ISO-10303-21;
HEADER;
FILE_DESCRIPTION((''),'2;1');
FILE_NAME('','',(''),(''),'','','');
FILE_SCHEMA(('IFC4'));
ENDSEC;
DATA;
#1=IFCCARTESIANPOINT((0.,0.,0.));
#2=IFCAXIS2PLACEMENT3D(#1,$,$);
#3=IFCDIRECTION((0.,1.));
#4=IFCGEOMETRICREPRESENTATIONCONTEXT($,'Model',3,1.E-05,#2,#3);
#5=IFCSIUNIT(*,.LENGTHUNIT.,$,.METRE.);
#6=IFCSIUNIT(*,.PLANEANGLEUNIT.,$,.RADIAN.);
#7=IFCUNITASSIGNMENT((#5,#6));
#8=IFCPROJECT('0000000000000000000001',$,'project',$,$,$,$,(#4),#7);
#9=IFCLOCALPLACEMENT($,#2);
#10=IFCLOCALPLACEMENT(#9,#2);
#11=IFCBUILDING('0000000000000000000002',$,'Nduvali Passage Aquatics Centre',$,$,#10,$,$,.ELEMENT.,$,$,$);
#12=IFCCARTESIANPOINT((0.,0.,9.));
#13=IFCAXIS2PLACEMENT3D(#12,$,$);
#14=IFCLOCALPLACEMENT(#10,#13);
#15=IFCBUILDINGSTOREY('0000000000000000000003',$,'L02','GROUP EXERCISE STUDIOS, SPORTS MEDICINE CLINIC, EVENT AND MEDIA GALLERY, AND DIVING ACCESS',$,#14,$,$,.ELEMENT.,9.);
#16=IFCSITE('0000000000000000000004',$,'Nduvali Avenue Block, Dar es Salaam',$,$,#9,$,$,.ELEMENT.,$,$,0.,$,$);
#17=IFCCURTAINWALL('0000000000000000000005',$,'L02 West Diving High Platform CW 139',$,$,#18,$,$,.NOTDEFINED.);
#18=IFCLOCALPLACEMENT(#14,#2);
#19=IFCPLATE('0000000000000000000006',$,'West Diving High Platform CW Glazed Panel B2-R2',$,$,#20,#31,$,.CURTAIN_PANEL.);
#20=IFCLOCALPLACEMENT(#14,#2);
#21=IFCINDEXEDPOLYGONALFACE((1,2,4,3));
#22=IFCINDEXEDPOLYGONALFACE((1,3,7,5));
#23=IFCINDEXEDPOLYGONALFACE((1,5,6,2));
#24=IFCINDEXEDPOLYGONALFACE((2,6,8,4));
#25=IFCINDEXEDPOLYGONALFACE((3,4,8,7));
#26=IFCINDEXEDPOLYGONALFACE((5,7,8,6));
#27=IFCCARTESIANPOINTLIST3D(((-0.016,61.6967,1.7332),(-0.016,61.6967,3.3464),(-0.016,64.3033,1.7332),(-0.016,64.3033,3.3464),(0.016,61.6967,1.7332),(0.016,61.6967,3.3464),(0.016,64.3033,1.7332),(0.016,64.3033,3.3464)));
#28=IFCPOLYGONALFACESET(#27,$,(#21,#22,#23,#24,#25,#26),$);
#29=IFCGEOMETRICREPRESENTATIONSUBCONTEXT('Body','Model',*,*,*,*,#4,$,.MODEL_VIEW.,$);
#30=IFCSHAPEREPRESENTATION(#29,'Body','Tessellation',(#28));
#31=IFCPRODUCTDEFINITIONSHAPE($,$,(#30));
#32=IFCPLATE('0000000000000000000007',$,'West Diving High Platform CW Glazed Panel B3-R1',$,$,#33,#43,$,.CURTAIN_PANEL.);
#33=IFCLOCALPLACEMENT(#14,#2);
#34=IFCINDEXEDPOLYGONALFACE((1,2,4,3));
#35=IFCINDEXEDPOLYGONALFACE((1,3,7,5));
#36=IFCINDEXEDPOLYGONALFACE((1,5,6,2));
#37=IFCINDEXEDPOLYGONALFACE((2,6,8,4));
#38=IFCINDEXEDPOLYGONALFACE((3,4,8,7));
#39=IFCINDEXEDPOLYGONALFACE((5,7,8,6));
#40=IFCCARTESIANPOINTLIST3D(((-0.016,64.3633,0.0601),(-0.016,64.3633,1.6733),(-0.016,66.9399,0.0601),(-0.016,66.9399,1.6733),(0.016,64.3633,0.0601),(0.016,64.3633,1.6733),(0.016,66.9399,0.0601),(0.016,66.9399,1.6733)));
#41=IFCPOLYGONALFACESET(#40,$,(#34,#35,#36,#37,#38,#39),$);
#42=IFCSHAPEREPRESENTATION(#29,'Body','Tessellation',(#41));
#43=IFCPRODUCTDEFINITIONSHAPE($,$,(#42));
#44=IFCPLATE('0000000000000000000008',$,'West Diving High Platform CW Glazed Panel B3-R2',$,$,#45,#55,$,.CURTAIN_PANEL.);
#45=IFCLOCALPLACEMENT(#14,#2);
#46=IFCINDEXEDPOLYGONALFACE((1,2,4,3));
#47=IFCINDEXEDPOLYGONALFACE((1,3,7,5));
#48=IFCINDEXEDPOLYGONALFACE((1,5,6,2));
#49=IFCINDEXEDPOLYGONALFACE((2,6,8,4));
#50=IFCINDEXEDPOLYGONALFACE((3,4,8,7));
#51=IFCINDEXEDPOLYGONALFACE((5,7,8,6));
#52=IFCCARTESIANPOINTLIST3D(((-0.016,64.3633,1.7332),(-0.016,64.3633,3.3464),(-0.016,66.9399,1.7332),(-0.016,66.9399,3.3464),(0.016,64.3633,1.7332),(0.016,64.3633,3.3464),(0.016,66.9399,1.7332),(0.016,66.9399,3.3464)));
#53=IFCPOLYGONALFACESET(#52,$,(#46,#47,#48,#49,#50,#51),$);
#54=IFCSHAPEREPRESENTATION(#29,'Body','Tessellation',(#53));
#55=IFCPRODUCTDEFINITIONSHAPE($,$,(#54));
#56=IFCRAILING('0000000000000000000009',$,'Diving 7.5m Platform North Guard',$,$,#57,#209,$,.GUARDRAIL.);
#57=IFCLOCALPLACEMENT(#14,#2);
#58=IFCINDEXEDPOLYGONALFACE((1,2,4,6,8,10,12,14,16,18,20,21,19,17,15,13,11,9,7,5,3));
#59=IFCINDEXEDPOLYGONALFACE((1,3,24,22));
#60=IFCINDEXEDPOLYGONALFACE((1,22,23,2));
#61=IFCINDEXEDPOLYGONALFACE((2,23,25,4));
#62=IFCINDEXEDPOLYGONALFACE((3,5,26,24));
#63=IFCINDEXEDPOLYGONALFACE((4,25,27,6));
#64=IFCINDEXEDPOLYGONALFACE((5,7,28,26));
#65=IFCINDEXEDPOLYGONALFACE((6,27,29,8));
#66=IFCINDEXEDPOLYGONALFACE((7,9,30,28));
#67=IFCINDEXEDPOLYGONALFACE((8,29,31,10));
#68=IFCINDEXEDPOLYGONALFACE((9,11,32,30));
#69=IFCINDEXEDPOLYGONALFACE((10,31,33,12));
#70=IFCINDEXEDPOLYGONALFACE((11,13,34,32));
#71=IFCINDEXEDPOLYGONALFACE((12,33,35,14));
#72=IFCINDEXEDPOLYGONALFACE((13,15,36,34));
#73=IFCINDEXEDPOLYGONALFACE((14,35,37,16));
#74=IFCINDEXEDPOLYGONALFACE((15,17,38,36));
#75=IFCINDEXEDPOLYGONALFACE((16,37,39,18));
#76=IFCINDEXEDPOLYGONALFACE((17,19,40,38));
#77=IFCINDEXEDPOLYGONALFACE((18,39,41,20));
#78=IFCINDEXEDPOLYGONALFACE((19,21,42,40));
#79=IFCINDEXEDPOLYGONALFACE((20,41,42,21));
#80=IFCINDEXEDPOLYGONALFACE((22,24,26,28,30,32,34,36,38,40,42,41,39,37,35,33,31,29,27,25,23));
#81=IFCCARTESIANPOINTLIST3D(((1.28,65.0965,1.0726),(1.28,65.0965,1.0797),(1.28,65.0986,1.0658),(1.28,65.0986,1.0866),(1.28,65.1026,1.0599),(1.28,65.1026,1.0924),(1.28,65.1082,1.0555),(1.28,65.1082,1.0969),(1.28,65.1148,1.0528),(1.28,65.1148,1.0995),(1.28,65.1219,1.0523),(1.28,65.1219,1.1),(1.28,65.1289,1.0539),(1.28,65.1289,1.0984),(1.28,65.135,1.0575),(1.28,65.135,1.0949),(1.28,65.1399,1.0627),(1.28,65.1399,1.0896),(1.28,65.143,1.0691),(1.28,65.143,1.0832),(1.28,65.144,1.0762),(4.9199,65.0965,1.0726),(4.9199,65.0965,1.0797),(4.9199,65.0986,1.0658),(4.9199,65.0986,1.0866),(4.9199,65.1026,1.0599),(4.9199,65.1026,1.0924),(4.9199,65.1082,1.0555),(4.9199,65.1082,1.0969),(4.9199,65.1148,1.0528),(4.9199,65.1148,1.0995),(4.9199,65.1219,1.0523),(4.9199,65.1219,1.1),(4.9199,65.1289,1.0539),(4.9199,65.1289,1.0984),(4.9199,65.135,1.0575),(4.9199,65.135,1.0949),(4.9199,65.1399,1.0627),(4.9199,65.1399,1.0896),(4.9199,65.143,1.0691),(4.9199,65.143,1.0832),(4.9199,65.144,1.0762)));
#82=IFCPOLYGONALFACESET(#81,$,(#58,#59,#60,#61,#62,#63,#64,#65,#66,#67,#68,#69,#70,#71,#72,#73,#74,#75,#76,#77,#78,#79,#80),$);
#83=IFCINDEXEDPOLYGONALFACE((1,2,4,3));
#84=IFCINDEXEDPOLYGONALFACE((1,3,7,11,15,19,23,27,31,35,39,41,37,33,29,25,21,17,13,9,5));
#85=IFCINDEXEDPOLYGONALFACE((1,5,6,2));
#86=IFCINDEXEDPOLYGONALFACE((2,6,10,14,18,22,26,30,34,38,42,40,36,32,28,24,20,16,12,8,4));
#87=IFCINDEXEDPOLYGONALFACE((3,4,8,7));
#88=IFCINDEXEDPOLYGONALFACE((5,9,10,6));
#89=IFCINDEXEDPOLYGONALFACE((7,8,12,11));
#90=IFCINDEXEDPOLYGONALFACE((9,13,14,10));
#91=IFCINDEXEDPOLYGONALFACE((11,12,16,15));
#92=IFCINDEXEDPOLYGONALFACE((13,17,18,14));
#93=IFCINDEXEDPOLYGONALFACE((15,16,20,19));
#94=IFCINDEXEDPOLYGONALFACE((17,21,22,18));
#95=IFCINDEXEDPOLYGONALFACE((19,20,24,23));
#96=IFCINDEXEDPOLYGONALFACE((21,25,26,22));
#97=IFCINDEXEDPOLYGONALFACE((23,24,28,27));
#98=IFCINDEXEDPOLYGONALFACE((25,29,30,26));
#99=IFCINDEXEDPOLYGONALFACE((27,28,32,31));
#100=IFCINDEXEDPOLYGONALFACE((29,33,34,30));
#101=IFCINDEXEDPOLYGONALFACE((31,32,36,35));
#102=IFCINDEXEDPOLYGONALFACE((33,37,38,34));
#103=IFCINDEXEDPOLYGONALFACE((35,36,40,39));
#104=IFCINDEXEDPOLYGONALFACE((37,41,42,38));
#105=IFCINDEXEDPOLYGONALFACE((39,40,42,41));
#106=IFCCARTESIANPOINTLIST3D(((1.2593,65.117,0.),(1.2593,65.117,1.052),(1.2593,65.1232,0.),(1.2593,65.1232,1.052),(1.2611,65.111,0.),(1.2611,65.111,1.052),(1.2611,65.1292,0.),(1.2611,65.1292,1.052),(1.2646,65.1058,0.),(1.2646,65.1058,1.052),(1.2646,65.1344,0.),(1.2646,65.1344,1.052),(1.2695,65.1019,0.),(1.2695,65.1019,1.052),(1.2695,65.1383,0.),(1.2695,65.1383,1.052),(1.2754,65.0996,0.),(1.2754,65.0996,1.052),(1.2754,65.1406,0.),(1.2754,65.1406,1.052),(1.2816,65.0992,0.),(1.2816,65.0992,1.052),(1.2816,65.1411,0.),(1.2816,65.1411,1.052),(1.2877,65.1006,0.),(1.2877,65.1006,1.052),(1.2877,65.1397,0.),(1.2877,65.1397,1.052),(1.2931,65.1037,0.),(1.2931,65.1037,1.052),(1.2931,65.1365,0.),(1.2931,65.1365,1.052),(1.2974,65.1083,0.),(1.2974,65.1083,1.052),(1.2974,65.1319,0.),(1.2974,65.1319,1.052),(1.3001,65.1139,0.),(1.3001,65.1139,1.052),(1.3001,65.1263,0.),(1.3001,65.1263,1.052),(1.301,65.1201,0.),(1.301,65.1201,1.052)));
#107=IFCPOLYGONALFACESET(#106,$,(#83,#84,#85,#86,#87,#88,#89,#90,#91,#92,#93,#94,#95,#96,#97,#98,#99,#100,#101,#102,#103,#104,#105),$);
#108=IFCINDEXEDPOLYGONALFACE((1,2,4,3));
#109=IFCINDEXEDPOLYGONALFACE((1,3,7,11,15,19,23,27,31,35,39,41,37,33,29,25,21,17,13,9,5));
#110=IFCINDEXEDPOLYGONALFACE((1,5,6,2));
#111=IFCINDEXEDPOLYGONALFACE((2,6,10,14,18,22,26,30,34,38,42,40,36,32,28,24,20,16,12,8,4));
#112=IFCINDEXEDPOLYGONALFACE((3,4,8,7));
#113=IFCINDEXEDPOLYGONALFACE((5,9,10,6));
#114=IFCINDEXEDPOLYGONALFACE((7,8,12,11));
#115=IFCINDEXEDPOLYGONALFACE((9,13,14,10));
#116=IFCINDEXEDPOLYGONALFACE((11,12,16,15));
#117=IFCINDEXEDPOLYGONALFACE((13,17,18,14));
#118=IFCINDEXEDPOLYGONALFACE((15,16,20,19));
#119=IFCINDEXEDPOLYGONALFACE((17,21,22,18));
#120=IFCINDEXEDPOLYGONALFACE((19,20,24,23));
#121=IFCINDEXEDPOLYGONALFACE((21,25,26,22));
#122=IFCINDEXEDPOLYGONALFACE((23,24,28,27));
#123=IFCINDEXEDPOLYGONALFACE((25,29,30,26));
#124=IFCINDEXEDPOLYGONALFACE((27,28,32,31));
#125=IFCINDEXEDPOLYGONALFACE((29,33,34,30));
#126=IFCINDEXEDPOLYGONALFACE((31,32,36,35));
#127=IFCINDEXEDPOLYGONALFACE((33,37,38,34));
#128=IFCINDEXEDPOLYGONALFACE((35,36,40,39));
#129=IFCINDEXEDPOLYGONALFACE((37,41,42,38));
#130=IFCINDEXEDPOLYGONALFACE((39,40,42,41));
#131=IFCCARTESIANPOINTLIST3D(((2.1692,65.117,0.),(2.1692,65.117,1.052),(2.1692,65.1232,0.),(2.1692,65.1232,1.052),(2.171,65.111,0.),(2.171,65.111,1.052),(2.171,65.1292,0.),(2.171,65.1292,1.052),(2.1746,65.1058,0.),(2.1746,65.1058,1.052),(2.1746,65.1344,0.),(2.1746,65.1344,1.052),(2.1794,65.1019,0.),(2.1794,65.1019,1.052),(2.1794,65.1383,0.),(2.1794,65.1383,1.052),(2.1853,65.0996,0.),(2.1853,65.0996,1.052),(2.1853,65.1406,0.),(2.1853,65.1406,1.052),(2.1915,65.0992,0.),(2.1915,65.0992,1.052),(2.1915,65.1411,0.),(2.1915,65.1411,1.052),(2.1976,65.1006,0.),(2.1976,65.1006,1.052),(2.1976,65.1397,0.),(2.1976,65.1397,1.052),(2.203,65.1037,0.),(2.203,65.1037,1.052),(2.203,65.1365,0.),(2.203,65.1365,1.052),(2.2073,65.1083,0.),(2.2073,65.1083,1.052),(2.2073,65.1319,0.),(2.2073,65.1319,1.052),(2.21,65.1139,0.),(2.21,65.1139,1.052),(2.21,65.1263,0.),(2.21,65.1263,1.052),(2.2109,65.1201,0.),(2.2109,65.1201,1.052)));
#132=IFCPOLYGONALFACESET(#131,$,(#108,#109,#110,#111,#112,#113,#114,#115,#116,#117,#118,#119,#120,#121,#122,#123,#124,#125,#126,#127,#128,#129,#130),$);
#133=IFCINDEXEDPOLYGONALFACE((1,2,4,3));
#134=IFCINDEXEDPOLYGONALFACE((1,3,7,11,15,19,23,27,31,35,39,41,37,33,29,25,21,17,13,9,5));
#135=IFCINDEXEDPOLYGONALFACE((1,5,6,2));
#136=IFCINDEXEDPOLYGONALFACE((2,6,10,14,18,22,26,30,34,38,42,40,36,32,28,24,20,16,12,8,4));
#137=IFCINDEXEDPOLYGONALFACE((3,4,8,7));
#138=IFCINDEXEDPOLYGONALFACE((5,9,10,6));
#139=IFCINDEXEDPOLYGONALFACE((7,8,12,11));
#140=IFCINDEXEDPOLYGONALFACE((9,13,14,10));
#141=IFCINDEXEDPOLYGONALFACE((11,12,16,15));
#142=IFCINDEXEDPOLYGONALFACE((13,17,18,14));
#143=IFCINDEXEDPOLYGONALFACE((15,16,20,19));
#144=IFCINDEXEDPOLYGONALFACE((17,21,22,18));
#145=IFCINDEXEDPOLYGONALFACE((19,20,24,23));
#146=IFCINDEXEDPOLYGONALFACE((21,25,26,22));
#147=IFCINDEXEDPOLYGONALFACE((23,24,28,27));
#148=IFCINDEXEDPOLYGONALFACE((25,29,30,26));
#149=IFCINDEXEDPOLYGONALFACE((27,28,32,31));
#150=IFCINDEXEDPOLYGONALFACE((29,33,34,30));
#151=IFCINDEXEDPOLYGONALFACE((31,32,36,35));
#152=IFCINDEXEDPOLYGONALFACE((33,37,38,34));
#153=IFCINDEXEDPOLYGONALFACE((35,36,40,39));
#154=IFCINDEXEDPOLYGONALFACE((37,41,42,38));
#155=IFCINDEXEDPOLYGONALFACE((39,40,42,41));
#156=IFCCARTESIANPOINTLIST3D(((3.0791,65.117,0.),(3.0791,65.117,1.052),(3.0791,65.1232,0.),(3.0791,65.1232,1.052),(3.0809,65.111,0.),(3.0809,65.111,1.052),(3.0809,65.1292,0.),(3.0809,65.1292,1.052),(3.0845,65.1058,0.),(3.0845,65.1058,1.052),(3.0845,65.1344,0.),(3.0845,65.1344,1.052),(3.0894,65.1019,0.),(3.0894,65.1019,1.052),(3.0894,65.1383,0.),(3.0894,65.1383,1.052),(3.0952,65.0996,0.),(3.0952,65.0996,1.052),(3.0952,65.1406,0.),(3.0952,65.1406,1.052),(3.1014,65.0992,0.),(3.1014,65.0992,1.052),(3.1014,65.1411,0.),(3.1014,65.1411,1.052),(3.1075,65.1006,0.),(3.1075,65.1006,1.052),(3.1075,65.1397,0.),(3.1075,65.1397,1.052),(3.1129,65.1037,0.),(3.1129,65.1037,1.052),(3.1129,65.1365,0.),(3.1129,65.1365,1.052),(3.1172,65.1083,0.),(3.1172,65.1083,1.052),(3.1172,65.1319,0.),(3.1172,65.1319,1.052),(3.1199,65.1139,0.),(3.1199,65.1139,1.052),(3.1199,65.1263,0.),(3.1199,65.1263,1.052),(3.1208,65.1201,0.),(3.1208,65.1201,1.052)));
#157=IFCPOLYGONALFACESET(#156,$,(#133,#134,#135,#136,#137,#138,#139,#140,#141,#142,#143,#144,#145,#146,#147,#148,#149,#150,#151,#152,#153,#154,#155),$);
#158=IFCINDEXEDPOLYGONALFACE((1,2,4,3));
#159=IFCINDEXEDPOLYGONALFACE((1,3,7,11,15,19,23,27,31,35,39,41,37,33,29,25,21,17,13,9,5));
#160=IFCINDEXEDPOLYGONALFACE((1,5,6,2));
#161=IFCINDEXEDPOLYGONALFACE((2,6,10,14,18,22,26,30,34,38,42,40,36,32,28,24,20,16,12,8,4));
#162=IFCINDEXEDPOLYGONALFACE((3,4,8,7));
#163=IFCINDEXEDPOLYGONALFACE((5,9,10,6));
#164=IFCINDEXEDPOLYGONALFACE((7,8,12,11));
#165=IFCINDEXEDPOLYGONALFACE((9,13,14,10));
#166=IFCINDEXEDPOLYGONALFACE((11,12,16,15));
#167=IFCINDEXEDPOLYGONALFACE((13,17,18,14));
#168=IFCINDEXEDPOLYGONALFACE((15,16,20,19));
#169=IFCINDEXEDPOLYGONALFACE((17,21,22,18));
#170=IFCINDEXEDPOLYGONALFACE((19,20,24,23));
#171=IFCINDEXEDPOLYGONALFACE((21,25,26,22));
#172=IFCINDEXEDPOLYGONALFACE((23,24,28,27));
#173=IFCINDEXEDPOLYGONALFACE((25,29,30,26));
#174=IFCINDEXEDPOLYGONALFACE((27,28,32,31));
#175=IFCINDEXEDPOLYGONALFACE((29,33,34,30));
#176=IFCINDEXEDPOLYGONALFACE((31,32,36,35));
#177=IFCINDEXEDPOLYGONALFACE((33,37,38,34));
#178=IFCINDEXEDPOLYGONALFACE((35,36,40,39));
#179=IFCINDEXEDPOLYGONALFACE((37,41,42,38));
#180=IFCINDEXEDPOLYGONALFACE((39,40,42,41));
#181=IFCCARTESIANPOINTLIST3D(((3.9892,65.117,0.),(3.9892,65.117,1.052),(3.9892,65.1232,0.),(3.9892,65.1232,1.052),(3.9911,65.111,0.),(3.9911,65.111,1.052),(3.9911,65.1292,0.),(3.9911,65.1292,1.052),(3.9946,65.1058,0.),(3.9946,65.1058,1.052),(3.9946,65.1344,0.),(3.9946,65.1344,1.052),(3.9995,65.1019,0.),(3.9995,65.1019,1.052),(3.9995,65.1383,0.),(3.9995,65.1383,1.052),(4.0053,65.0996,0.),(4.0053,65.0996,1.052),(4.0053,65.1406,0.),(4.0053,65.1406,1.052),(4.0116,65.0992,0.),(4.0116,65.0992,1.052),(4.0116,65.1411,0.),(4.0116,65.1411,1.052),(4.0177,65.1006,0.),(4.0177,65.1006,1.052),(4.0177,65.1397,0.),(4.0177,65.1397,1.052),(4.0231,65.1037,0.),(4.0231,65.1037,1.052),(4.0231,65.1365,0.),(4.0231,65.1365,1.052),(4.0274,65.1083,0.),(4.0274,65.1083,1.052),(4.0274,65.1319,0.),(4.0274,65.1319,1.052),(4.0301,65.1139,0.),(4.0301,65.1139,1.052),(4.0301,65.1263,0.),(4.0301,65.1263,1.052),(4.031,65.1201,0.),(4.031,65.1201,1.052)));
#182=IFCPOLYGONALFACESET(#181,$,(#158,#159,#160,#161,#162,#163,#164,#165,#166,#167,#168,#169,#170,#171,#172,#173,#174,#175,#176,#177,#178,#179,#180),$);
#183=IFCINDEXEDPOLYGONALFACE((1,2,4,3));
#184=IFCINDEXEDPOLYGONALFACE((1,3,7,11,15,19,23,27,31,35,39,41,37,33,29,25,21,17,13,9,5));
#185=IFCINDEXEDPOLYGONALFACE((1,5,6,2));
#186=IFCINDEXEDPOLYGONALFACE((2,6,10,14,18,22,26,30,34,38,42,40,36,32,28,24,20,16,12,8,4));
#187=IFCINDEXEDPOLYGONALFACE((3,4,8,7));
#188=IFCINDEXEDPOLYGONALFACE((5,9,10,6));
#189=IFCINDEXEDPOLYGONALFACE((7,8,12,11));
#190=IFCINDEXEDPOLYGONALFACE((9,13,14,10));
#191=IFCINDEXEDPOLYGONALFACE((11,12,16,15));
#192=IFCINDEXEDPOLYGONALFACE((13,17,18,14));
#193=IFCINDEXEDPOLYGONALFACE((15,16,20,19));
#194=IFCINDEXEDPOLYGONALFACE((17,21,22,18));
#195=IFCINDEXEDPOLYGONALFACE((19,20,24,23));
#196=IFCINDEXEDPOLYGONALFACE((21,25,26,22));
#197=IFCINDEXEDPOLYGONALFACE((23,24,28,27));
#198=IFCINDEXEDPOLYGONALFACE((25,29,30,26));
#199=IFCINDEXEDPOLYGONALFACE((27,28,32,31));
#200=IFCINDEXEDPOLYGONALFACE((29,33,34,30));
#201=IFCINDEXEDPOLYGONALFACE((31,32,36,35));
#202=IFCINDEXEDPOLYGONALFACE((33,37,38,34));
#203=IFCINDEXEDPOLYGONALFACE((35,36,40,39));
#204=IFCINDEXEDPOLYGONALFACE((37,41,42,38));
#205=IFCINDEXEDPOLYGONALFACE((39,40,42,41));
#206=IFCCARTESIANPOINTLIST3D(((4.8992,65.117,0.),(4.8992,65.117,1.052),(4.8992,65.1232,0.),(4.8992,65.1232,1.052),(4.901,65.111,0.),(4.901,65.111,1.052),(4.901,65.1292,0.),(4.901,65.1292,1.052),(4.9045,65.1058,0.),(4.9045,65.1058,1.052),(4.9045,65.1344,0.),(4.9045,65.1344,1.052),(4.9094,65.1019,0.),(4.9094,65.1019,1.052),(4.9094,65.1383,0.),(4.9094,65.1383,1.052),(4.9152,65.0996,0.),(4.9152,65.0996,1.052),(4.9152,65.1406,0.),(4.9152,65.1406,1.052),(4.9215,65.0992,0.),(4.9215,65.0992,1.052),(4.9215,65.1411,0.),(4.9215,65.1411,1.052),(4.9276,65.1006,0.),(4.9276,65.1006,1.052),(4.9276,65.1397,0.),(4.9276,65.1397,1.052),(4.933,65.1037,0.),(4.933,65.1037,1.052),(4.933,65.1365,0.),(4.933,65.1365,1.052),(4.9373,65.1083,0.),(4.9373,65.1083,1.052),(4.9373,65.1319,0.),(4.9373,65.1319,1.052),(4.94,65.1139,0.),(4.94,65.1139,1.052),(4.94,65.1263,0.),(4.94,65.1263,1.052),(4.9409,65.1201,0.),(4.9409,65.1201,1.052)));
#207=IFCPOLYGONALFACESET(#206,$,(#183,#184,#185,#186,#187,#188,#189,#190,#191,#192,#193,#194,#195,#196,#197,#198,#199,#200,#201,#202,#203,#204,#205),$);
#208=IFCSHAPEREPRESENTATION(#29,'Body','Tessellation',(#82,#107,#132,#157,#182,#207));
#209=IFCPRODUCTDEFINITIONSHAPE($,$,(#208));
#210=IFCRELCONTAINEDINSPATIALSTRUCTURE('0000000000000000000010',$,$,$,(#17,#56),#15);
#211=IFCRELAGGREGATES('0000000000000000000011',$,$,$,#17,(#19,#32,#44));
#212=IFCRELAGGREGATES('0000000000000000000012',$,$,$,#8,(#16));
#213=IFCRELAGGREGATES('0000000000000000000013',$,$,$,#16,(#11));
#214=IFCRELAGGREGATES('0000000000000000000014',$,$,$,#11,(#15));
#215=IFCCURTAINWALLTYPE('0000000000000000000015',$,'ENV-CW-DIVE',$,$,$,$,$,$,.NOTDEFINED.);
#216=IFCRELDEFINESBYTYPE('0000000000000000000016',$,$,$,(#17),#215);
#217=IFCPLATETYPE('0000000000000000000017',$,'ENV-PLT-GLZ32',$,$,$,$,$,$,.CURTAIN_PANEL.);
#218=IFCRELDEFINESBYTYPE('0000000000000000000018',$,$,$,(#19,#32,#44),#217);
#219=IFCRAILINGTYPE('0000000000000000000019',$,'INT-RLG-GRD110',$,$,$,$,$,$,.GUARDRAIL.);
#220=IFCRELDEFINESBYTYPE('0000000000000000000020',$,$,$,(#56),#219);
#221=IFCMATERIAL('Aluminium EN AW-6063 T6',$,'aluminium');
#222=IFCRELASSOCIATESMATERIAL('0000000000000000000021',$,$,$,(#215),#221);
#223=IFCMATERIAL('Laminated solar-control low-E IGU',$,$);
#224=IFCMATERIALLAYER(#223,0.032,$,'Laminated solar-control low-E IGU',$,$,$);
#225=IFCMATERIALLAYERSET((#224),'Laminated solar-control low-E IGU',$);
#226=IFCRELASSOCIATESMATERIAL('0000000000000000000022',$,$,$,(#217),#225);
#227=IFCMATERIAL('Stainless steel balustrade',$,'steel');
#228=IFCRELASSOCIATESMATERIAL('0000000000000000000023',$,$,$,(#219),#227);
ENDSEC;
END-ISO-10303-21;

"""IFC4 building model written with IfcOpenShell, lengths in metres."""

from ifc_helpers import new_model, si_unit, direction, frame, origin, origin_2d, place, context, subcontext, project, spatial, rectangle, circle, extrude, material, layer, layer_set, type_object, element, aggregate, save


model = new_model("IFC4")

# Units and contexts
model_context = context("Model", 3, precision=1e-05, world=origin(), true_north=direction((0.0, 1.0)))
body_context = subcontext(model_context, "Body", "Model", "MODEL_VIEW")
ifc_project = project(units=[si_unit("LENGTHUNIT", "METRE"), si_unit("PLANEANGLEUNIT", "RADIAN")], contexts=[model_context])

# Site, building, storey
site_placement = place(None, origin())
site = spatial("IfcSite", under=ifc_project, at=site_placement, Name="Nduvali Avenue Block, Dar es Salaam", CompositionType="ELEMENT", RefElevation=0.0)
building_placement = place(site_placement, origin())
building = spatial("IfcBuilding", under=site, at=building_placement, Name="Nduvali Passage Aquatics Centre", CompositionType="ELEMENT")
storey_placement = place(building_placement, frame((0.0, 0.0, 9.0)))
storey = spatial("IfcBuildingStorey", under=building, at=storey_placement, Name="L02", Description="GROUP EXERCISE STUDIOS, SPORTS MEDICINE CLINIC, EVENT AND MEDIA GALLERY, AND DIVING ACCESS", CompositionType="ELEMENT", Elevation=9.0)

# Curtain wall
ifc_material_1 = material(Name="Aluminium EN AW-6063 T6", Category="aluminium")
curtain_wall_type = type_object("IfcCurtainWallType", Name="ENV-CW-DIVE", PredefinedType="NOTDEFINED", material=ifc_material_1)
curtain_wall_1_placement = place(storey_placement, origin())
curtain_wall_1 = element("IfcCurtainWall", 1, at=curtain_wall_1_placement, inside=storey, type_object=curtain_wall_type, Name="L02 West Diving High Platform CW 139", PredefinedType="NOTDEFINED")

# Plates
ifc_material_2 = material(Name="Laminated solar-control low-E IGU")
ifc_layer = layer(ifc_material_2, 0.032, Name="Laminated solar-control low-E IGU")
ifc_layer_set = layer_set([ifc_layer], Name="Laminated solar-control low-E IGU")
plate_type = type_object("IfcPlateType", Name="ENV-PLT-GLZ32", PredefinedType="CURTAIN_PANEL", material=ifc_layer_set)
plate_1_placement = place(storey_placement, frame((0.0, 63.0, 1.7332), z_axis=(0.0, 0.0, 1.0), x_axis=(0.0, 1.0, 0.0)))
plate_1 = element("IfcPlate", 2, at=plate_1_placement, type_object=plate_type, Name="West Diving High Platform CW Glazed Panel B2-R2", PredefinedType="CURTAIN_PANEL", context=body_context, shape_type="SweptSolid", body=[
    extrude(rectangle(XDim=2.6067, YDim=0.032, at=origin_2d()), origin(), (0.0, 0.0, 1.0), 1.6133),
])
plate_2_placement = place(storey_placement, frame((0.0, 65.6516, 0.0601), z_axis=(0.0, 0.0, 1.0), x_axis=(0.0, 1.0, 0.0)))
plate_2 = element("IfcPlate", 3, at=plate_2_placement, type_object=plate_type, Name="West Diving High Platform CW Glazed Panel B3-R1", PredefinedType="CURTAIN_PANEL", context=body_context, shape_type="SweptSolid", body=[
    extrude(rectangle(XDim=2.5767, YDim=0.032, at=origin_2d()), origin(), (0.0, 0.0, 1.0), 1.6133),
])
plate_3_placement = place(storey_placement, frame((0.0, 65.6516, 1.7332), z_axis=(0.0, 0.0, 1.0), x_axis=(0.0, 1.0, 0.0)))
plate_3 = element("IfcPlate", 4, at=plate_3_placement, type_object=plate_type, Name="West Diving High Platform CW Glazed Panel B3-R2", PredefinedType="CURTAIN_PANEL", context=body_context, shape_type="SweptSolid", body=[
    extrude(rectangle(XDim=2.5767, YDim=0.032, at=origin_2d()), origin(), (0.0, 0.0, 1.0), 1.6133),
])
aggregate(curtain_wall_1, [plate_1, plate_2, plate_3])

# Railing
ifc_material_3 = material(Name="Stainless steel balustrade", Category="steel")
railing_type = type_object("IfcRailingType", Name="INT-RLG-GRD110", PredefinedType="GUARDRAIL", material=ifc_material_3)
railing_1_placement = place(storey_placement, frame((1.28, 65.1201, 0.0)))
element("IfcRailing", 5, at=railing_1_placement, inside=storey, type_object=railing_type, Name="Diving 7.5m Platform North Guard", PredefinedType="GUARDRAIL", context=body_context, shape_type="SweptSolid", body=[
    extrude(circle(Radius=0.0239, at=origin_2d()), frame((0.0, 0.0, 1.0762), z_axis=(1.0, 0.0, 0.0), x_axis=(0.0, 1.0, 0.0)), (0.0, 0.0, 1.0), 3.6399),
    extrude(circle(Radius=0.021, at=origin_2d()), origin(), (0.0, 0.0, 1.0), 1.052),
    extrude(circle(Radius=0.021, at=origin_2d()), frame((0.9099, 0.0, 0.0)), (0.0, 0.0, 1.0), 1.052),
    extrude(circle(Radius=0.021, at=origin_2d()), frame((1.8198, 0.0, 0.0)), (0.0, 0.0, 1.0), 1.052),
    extrude(circle(Radius=0.021, at=origin_2d()), frame((2.73, 0.0, 0.0)), (0.0, 0.0, 1.0), 1.052),
    extrude(circle(Radius=0.021, at=origin_2d()), frame((3.6399, 0.0, 0.0)), (0.0, 0.0, 1.0), 1.052),
])

save(model, "model.ifc")
